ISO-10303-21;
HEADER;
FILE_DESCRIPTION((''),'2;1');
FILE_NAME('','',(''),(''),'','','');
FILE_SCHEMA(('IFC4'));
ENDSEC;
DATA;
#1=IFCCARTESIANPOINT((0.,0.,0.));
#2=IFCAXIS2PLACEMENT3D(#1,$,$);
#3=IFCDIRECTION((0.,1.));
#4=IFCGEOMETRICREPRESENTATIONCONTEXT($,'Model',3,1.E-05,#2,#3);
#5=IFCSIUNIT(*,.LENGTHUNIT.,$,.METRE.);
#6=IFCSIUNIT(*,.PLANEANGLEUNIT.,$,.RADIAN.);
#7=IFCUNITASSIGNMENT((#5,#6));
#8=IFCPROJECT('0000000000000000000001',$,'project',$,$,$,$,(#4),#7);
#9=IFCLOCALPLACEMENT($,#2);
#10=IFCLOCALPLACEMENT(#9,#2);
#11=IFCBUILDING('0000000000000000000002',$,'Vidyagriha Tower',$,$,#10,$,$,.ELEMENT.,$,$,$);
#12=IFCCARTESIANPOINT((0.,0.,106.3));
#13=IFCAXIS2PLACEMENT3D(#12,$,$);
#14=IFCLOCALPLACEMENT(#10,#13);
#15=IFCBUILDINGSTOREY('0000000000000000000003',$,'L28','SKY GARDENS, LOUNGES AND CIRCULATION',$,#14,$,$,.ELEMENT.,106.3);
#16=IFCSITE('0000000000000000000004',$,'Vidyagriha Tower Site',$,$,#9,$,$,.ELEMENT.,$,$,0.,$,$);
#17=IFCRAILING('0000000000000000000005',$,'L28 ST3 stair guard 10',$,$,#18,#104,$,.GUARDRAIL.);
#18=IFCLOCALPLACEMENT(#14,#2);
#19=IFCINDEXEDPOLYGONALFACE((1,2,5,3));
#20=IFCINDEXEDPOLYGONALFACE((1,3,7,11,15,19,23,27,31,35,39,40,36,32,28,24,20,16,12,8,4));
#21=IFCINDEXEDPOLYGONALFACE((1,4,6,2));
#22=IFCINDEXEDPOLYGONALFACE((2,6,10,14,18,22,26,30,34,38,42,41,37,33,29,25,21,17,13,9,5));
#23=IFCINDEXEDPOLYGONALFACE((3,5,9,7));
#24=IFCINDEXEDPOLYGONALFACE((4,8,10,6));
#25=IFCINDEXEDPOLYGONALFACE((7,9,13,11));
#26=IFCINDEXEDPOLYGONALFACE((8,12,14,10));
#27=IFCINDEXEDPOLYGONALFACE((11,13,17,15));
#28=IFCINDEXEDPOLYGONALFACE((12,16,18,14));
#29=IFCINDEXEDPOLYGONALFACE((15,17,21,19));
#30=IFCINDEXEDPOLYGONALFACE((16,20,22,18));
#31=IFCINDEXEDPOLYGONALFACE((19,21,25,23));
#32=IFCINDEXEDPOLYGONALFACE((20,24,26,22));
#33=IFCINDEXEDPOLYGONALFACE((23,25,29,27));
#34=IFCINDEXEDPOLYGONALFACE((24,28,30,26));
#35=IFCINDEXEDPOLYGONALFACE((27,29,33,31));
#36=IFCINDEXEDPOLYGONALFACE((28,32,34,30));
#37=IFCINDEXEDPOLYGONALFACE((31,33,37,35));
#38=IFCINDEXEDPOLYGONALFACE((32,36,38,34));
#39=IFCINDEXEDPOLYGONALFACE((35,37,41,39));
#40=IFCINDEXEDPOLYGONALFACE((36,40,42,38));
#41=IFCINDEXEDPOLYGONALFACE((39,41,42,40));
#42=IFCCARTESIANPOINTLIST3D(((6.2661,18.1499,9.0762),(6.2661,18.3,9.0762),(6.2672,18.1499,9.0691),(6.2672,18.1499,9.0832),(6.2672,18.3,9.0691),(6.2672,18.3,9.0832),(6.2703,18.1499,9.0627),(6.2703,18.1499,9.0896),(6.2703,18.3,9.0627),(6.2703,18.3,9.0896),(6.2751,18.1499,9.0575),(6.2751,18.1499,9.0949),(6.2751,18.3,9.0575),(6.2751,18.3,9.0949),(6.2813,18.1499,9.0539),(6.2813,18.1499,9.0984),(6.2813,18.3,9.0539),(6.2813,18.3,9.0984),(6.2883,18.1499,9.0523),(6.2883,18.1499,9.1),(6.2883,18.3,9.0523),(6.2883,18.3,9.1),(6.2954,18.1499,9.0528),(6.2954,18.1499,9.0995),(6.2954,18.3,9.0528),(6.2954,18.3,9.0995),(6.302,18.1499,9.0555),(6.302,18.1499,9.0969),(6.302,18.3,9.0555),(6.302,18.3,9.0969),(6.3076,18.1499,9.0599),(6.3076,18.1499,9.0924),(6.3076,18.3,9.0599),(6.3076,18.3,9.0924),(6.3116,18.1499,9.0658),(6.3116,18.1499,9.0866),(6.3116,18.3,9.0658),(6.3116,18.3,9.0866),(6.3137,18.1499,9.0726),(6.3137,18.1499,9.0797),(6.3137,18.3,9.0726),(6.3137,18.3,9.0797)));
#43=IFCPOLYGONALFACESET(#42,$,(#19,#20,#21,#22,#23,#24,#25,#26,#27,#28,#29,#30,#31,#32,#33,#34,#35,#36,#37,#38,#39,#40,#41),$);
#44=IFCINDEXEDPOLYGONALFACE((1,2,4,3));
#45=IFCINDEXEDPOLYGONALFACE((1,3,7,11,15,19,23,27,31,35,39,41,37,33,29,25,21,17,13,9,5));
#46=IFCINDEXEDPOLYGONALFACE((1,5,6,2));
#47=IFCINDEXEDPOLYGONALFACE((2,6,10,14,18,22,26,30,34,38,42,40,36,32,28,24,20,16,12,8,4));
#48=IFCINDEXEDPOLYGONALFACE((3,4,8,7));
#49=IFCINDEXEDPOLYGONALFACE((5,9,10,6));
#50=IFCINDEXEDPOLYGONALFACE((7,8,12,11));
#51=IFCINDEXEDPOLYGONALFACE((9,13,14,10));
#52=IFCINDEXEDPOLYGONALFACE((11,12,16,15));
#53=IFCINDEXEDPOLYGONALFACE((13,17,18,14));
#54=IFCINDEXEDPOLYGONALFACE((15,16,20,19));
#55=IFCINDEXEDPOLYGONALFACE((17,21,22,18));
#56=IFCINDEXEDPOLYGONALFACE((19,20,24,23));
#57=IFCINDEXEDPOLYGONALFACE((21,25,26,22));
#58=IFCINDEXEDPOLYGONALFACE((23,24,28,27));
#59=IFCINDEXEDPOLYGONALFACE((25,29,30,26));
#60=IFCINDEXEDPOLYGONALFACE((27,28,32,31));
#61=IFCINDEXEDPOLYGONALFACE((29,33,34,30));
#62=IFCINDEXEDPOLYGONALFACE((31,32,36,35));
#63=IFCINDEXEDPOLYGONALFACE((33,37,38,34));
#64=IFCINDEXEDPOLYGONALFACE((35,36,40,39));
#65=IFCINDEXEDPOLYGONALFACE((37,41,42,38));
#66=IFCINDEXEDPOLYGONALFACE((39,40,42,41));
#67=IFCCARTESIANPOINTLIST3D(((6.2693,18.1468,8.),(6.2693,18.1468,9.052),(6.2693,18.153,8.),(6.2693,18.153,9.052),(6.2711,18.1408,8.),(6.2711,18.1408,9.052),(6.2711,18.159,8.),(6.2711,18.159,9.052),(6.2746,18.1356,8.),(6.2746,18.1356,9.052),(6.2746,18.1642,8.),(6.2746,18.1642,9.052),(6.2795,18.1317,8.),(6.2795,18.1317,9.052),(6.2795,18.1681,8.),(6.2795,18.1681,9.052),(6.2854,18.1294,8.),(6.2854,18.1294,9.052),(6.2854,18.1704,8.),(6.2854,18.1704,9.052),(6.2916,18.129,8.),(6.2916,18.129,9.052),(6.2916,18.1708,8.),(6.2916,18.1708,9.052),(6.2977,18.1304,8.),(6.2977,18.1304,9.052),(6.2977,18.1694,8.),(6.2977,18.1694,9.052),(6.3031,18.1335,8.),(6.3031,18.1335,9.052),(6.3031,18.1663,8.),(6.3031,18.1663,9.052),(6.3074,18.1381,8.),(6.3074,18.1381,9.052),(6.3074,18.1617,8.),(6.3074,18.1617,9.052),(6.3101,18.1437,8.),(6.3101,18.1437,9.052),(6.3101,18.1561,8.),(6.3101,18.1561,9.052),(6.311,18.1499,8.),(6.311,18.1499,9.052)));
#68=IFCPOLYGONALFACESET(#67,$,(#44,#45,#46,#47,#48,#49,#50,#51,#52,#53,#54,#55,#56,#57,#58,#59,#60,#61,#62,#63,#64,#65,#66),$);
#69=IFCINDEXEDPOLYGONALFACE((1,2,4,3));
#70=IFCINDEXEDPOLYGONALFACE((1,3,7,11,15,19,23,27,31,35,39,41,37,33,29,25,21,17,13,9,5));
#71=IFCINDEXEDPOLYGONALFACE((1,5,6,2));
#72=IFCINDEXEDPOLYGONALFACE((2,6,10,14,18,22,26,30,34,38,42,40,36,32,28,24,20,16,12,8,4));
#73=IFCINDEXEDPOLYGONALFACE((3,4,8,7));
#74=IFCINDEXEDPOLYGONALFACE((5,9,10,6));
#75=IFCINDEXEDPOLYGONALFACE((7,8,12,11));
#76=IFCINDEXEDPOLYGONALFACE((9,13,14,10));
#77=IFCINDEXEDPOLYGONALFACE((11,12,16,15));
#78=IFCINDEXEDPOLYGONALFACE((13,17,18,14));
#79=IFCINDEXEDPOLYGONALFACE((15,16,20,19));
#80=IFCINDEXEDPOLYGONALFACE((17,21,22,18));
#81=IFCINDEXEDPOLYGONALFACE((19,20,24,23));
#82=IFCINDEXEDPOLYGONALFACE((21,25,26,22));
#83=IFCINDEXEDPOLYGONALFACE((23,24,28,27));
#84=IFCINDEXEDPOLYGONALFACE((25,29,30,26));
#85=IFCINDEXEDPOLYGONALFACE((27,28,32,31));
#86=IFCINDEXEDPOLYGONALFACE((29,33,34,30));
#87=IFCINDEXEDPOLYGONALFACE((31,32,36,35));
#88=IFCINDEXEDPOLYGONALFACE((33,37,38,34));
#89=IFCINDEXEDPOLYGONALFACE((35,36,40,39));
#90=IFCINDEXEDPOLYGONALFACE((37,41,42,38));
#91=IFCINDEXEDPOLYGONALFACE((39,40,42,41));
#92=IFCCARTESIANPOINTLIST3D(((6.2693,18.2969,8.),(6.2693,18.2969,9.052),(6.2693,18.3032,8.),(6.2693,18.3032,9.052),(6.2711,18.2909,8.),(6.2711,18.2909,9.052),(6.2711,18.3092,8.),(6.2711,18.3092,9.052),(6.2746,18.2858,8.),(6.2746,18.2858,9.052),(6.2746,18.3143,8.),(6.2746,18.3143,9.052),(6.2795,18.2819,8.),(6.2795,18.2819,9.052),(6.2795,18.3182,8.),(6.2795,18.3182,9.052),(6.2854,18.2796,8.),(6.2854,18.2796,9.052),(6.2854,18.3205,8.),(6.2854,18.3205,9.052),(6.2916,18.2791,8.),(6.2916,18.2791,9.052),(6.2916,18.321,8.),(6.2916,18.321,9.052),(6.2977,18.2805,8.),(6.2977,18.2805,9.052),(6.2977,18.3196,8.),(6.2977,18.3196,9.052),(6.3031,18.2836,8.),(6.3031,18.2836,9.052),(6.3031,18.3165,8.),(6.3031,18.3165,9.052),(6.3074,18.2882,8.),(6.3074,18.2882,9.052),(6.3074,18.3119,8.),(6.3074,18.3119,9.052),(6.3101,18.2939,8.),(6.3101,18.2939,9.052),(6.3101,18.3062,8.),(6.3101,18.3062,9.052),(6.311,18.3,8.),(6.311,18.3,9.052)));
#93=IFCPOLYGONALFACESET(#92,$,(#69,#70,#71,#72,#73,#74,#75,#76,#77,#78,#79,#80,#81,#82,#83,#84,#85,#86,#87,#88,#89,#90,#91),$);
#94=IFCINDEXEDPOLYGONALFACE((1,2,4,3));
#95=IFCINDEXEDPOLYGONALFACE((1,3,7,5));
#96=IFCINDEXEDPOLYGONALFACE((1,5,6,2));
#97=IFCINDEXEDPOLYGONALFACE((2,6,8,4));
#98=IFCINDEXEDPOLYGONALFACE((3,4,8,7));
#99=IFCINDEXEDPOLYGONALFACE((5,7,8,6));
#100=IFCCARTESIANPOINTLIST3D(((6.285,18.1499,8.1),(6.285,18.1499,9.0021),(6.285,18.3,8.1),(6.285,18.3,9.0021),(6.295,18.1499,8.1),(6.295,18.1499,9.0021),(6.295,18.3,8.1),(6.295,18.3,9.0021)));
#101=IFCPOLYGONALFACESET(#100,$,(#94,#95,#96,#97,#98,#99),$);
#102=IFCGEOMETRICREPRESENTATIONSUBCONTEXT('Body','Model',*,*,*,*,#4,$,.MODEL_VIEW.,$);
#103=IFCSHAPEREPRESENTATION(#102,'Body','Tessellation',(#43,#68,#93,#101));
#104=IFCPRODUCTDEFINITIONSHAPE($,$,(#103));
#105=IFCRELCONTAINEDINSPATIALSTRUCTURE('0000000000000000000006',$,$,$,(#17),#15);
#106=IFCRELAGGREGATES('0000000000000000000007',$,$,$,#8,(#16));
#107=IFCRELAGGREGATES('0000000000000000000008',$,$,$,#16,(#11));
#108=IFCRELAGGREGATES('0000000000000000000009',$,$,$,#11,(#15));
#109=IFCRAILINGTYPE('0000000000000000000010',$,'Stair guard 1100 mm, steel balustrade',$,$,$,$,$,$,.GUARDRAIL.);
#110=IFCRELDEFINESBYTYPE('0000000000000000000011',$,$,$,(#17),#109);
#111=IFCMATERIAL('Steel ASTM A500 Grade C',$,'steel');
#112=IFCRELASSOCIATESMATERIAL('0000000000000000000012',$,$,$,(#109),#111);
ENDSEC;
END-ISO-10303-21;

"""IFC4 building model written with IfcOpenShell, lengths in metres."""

from ifc_helpers import new_model, si_unit, direction, frame, origin, origin_2d, place, context, subcontext, project, spatial, rectangle, circle, extrude, material, type_object, element, save


model = new_model("IFC4")

# Units and contexts
model_context = context("Model", 3, precision=1e-05, world=origin(), true_north=direction((0.0, 1.0)))
body_context = subcontext(model_context, "Body", "Model", "MODEL_VIEW")
ifc_project = project(units=[si_unit("LENGTHUNIT", "METRE"), si_unit("PLANEANGLEUNIT", "RADIAN")], contexts=[model_context])

# Site, building, storey
site_placement = place(None, origin())
site = spatial("IfcSite", under=ifc_project, at=site_placement, Name="Vidyagriha Tower Site", CompositionType="ELEMENT", RefElevation=0.0)
building_placement = place(site_placement, origin())
building = spatial("IfcBuilding", under=site, at=building_placement, Name="Vidyagriha Tower", CompositionType="ELEMENT")
storey_placement = place(building_placement, frame((0.0, 0.0, 106.3)))
storey = spatial("IfcBuildingStorey", under=building, at=storey_placement, Name="L28", Description="SKY GARDENS, LOUNGES AND CIRCULATION", CompositionType="ELEMENT", Elevation=106.3)

# Railing
ifc_material_1 = material(Name="Steel ASTM A500 Grade C", Category="steel")
railing_type_1 = type_object("IfcRailingType", Name="Stair guard 1100 mm, steel balustrade", PredefinedType="GUARDRAIL", material=ifc_material_1)
railing_1_placement = place(storey_placement, frame((6.29, 18.1499, 8.0)))
element("IfcRailing", 1, at=railing_1_placement, inside=storey, type_object=railing_type_1, Name="L28 ST3 stair guard 10", PredefinedType="GUARDRAIL", context=body_context, shape_type="SweptSolid", body=[
    extrude(circle(Radius=0.0239, at=origin_2d()), frame((0.0, 0.0, 1.0762), z_axis=(0.0, 1.0, 0.0), x_axis=(-1.0, 0.0, 0.0)), (0.0, 0.0, 1.0), 0.1501),
    extrude(circle(Radius=0.021, at=origin_2d()), origin(), (0.0, 0.0, 1.0), 1.052),
    extrude(circle(Radius=0.021, at=origin_2d()), frame((0.0, 0.1501, 0.0)), (0.0, 0.0, 1.0), 1.052),
    extrude(rectangle(XDim=0.01, YDim=0.9021, at=origin_2d()), frame((0.0, 0.0, 0.551), z_axis=(0.0, 1.0, 0.0), x_axis=(-1.0, 0.0, 0.0)), (0.0, 0.0, 1.0), 0.1501),
])

save(model, "model.ifc")
